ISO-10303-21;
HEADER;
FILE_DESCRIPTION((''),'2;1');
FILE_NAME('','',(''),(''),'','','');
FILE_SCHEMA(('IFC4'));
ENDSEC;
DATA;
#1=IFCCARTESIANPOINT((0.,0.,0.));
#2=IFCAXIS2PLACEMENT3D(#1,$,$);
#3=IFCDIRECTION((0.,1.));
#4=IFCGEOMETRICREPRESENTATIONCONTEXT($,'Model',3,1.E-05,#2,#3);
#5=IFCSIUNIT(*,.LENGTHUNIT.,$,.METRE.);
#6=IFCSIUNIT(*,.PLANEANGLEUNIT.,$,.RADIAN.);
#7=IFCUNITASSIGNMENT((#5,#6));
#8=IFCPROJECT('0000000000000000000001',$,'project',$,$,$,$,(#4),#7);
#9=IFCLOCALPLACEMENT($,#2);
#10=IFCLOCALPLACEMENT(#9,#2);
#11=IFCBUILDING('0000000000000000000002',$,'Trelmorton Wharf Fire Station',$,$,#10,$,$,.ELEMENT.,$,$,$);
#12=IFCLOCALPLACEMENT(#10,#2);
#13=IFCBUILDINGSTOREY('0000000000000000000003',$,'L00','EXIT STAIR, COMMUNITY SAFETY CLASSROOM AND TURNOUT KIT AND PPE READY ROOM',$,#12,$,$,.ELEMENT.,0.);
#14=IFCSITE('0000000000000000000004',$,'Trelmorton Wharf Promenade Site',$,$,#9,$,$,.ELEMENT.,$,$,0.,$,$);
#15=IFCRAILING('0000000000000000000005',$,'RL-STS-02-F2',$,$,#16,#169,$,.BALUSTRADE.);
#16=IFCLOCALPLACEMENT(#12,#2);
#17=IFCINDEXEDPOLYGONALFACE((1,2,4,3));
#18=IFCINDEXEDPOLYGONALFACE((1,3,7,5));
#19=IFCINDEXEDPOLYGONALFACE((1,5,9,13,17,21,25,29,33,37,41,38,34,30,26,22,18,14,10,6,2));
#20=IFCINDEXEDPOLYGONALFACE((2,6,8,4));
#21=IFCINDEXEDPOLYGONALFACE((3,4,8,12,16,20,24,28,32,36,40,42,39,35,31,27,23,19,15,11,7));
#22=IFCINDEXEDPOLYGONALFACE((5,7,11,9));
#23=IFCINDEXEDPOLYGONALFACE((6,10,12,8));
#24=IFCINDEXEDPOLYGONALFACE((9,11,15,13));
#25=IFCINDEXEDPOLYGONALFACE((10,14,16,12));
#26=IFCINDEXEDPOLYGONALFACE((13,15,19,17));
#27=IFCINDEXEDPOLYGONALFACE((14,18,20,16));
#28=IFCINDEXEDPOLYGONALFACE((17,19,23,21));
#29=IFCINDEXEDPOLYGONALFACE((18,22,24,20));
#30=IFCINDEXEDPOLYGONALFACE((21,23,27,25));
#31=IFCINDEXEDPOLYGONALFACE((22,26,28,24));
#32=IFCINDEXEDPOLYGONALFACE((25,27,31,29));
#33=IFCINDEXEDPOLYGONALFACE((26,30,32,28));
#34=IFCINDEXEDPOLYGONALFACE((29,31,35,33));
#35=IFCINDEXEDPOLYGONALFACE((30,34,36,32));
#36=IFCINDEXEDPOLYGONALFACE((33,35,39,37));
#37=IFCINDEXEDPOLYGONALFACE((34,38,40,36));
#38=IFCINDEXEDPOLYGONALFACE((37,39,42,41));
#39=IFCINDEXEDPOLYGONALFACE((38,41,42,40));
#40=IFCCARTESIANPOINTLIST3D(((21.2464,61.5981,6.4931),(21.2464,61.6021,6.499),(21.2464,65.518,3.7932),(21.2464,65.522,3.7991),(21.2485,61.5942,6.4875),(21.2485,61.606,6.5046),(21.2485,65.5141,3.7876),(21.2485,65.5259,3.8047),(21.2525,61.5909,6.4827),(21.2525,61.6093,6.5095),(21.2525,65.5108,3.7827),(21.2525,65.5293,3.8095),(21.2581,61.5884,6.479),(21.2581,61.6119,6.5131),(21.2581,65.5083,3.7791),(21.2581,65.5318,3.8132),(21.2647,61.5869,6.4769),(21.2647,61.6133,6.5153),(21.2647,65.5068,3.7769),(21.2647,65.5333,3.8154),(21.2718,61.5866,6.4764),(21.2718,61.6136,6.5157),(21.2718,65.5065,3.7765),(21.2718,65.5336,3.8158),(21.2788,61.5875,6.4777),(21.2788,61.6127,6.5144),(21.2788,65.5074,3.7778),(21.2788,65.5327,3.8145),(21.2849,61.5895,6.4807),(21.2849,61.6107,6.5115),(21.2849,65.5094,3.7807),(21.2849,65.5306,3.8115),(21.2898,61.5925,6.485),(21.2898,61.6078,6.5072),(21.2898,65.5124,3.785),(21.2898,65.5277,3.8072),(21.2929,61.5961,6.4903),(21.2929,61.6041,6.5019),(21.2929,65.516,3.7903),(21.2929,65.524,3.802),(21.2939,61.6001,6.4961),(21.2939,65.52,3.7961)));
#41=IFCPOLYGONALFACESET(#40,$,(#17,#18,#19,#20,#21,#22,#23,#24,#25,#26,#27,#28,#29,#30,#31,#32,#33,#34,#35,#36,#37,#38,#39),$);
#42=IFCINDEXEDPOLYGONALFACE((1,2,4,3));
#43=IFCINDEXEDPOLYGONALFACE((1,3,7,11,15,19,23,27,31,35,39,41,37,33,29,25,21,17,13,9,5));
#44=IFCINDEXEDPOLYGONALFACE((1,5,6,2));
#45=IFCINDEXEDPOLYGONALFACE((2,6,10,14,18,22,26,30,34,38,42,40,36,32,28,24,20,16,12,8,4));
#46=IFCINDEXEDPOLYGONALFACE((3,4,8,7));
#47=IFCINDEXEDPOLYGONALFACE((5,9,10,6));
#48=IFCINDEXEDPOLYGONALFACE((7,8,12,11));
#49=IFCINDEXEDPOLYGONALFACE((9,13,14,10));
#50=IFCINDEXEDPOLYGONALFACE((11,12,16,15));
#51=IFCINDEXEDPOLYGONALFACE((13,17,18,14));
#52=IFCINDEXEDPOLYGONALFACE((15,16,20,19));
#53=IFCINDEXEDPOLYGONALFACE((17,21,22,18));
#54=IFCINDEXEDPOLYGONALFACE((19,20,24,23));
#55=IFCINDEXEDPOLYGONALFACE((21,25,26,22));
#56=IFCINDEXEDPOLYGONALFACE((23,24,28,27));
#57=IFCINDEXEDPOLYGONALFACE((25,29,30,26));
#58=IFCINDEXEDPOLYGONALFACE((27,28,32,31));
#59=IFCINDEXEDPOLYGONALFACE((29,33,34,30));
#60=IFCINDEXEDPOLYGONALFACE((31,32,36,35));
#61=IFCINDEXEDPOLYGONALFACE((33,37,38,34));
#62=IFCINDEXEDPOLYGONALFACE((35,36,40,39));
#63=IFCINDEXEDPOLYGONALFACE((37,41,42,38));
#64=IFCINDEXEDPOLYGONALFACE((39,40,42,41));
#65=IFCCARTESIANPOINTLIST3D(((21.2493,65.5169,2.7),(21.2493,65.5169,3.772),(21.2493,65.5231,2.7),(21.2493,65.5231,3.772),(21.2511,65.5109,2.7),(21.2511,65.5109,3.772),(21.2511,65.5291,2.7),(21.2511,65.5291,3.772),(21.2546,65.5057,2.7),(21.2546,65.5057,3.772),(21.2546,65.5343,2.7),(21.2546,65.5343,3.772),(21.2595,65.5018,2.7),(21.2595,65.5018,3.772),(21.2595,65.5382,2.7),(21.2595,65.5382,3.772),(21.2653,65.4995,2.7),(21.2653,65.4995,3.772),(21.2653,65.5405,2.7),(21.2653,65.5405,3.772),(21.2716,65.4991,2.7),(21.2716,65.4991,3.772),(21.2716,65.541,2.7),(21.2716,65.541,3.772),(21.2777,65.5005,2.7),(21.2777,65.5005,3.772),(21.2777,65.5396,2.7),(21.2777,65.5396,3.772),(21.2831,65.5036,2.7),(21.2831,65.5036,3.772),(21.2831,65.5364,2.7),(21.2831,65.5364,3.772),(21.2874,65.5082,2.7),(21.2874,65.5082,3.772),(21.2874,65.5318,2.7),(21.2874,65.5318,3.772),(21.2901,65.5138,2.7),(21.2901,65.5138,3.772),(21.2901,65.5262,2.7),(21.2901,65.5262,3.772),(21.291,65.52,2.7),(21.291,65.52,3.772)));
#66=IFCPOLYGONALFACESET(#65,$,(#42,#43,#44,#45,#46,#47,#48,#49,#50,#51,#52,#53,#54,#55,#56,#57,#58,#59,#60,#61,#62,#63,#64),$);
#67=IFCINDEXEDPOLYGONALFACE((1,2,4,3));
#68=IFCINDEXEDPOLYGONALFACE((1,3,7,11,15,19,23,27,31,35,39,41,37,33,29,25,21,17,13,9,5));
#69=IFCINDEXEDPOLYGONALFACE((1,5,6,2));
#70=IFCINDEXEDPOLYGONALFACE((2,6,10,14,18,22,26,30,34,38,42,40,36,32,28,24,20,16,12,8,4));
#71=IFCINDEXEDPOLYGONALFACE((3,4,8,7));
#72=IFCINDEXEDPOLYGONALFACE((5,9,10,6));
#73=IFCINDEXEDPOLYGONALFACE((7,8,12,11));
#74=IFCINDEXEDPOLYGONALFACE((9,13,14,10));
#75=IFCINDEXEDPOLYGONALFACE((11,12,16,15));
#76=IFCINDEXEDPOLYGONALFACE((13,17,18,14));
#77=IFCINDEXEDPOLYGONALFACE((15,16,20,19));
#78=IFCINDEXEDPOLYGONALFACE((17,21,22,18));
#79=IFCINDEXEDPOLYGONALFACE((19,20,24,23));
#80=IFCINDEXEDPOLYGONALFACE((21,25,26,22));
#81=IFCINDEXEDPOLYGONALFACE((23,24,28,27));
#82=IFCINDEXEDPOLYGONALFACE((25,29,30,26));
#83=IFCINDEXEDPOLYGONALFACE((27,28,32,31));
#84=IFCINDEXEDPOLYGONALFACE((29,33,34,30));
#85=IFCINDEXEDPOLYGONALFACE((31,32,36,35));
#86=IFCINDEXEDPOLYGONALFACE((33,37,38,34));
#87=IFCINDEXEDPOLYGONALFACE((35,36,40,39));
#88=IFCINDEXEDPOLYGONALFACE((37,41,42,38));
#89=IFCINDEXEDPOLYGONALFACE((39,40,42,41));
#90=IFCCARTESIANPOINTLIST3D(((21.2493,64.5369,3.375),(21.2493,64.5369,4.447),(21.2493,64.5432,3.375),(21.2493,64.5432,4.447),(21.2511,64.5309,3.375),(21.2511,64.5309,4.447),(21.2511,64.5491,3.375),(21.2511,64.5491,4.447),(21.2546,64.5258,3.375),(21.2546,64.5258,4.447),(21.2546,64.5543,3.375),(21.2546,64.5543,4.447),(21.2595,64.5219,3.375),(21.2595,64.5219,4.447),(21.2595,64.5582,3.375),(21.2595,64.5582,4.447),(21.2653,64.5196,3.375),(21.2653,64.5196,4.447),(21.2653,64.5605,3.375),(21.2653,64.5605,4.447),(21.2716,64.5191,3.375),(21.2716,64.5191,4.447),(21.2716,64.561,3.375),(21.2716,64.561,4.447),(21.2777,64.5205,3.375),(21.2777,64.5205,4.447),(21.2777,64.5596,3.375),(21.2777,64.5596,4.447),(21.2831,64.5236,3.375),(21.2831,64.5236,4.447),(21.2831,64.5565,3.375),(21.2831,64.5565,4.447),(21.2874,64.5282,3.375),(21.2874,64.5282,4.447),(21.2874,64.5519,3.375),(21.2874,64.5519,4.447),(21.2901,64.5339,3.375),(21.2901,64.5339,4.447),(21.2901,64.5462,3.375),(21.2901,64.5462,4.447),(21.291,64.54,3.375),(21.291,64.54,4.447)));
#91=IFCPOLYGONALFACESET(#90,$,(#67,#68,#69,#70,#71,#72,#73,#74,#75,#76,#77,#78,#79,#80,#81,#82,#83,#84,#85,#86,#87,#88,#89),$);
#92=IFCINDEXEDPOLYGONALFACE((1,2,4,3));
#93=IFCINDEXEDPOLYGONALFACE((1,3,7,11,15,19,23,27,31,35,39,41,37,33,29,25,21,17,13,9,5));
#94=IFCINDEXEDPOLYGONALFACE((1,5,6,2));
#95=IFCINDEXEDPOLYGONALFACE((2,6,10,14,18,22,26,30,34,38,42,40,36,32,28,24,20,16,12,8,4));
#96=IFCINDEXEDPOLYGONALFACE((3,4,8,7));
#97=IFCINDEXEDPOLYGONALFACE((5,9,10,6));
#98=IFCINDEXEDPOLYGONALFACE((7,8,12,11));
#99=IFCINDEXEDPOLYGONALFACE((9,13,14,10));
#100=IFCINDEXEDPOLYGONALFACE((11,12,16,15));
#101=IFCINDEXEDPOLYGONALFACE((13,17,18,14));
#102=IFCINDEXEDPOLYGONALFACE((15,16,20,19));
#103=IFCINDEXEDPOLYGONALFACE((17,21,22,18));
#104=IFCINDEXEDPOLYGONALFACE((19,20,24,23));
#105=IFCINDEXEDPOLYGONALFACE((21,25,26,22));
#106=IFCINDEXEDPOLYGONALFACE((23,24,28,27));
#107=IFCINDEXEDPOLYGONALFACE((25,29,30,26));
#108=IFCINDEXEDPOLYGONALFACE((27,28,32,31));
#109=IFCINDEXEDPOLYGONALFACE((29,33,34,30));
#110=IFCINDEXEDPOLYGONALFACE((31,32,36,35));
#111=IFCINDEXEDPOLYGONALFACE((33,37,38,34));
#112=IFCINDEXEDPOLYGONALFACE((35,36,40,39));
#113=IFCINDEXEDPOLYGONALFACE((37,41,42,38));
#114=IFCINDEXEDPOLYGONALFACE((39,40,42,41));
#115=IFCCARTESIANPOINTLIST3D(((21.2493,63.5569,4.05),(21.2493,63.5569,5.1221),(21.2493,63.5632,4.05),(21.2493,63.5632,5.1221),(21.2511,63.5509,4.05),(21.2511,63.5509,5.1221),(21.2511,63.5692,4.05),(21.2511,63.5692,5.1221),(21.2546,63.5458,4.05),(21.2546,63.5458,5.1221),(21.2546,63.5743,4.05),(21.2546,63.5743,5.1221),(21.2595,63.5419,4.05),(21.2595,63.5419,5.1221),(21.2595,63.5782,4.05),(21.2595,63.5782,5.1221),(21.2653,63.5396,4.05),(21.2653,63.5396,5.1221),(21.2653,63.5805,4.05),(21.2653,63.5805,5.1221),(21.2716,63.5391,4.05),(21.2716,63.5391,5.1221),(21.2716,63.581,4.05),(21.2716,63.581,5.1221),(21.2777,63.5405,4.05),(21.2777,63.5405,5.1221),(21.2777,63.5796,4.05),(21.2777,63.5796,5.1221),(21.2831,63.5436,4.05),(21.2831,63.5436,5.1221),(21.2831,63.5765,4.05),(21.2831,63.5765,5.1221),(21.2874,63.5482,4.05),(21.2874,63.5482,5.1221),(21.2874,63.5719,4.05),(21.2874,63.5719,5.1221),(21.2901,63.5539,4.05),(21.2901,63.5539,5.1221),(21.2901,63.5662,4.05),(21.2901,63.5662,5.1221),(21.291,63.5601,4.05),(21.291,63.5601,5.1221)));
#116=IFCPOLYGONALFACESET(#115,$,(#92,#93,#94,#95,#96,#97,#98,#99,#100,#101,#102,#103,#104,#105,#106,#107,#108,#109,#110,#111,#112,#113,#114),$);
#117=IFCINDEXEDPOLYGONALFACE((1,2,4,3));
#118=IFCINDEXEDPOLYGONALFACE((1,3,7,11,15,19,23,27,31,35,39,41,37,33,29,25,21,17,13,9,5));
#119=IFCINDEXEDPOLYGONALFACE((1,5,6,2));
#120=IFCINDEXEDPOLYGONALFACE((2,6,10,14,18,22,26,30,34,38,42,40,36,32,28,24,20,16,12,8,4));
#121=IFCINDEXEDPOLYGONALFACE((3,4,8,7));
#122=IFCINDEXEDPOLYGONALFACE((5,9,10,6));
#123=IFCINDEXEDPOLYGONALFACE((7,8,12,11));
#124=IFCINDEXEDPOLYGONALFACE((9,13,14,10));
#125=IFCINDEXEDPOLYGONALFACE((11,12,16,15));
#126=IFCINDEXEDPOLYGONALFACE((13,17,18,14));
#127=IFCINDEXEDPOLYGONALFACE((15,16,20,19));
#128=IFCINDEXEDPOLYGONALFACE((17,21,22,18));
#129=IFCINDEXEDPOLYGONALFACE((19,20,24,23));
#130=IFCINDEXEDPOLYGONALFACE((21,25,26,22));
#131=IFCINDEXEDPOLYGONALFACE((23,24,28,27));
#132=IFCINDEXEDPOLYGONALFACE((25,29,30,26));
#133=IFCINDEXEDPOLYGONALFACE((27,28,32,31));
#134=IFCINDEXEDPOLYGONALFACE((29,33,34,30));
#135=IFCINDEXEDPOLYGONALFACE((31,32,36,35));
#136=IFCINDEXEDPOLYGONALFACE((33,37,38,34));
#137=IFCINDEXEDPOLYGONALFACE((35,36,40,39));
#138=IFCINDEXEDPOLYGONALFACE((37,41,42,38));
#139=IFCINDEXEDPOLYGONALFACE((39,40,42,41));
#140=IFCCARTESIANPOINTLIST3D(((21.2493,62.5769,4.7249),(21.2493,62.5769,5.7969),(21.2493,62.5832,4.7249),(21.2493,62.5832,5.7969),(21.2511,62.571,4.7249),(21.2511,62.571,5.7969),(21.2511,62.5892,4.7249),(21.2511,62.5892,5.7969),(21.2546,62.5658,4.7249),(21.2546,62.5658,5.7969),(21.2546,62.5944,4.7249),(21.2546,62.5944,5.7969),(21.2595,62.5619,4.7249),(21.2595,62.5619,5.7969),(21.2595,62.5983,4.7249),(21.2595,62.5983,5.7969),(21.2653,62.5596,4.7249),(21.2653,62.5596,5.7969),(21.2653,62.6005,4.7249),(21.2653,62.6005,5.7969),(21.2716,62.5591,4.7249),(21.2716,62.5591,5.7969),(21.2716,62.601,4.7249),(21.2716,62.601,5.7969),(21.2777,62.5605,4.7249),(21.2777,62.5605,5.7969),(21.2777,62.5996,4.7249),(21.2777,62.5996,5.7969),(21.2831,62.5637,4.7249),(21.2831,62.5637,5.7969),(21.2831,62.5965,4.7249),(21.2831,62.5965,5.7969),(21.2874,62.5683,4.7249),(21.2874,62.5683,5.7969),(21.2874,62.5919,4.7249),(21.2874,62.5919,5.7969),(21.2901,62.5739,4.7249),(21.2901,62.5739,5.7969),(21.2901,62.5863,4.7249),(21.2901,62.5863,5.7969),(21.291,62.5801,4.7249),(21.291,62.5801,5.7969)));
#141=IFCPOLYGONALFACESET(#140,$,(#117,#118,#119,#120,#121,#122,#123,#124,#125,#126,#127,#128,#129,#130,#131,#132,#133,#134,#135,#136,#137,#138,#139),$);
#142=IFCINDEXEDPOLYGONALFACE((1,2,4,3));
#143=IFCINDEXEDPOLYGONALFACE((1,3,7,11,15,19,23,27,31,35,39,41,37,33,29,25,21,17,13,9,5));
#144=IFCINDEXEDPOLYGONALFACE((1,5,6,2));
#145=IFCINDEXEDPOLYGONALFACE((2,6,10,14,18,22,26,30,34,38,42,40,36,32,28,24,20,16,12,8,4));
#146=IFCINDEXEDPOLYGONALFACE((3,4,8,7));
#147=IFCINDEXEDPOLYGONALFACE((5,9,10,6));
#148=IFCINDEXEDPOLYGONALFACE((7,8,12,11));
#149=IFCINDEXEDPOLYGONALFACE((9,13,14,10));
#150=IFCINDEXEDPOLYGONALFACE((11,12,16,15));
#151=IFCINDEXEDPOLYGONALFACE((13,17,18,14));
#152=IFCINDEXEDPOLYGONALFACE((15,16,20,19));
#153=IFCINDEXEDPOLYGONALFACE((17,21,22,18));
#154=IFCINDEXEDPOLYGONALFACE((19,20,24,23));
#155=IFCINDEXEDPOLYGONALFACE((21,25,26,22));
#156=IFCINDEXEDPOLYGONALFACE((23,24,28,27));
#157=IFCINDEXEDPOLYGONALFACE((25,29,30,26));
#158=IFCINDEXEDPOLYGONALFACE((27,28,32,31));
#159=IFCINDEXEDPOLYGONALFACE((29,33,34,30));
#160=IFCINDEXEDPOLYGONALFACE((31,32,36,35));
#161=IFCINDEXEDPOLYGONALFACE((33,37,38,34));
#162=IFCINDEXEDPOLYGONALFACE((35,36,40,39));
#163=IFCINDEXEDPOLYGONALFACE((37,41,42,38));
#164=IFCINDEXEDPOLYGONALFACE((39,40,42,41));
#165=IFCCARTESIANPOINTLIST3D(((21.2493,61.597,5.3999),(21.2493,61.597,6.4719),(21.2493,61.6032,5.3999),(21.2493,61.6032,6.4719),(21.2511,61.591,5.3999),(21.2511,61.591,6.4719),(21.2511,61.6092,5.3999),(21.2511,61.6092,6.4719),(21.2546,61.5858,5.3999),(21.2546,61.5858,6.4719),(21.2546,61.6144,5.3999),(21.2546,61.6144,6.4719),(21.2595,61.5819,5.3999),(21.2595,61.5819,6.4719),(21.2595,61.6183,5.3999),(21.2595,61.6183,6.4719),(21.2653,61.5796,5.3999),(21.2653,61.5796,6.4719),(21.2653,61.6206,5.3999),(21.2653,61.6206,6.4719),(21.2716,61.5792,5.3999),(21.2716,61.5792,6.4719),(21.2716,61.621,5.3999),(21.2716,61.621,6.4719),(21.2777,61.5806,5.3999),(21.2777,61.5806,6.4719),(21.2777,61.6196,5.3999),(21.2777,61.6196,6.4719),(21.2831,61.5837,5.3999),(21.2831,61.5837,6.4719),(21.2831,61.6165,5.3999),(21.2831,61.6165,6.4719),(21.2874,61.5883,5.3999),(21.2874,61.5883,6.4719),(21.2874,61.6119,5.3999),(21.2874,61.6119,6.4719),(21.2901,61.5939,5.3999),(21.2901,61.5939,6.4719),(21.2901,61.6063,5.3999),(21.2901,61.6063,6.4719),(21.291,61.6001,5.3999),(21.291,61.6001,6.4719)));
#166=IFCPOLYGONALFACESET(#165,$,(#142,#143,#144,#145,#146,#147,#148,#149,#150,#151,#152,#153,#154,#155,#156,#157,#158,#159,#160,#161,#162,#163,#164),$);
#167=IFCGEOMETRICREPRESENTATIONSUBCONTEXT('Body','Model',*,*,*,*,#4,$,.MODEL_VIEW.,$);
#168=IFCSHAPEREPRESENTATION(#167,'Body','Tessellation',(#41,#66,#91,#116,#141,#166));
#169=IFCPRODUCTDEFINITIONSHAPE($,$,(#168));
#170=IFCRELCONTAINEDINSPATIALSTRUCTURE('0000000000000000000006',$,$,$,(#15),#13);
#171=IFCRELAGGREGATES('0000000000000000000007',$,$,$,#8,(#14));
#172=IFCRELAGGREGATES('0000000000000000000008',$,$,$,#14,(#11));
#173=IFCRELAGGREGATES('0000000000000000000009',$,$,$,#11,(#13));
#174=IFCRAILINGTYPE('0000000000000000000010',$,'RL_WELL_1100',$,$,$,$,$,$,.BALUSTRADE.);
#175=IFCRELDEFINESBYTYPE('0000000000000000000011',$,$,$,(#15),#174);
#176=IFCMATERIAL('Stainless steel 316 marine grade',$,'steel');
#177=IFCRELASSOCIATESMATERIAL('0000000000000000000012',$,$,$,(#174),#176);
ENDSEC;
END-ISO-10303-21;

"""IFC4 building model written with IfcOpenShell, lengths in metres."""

from ifc_helpers import new_model, si_unit, direction, frame, origin, origin_2d, place, context, subcontext, project, spatial, circle, extrude, material, type_object, element, save


model = new_model("IFC4")

# Units and contexts
model_context = context("Model", 3, precision=1e-05, world=origin(), true_north=direction((0.0, 1.0)))
body_context = subcontext(model_context, "Body", "Model", "MODEL_VIEW")
ifc_project = project(units=[si_unit("LENGTHUNIT", "METRE"), si_unit("PLANEANGLEUNIT", "RADIAN")], contexts=[model_context])

# Site, building, storey
site_placement = place(None, origin())
site = spatial("IfcSite", under=ifc_project, at=site_placement, Name="Trelmorton Wharf Promenade Site", CompositionType="ELEMENT", RefElevation=0.0)
building_placement = place(site_placement, origin())
building = spatial("IfcBuilding", under=site, at=building_placement, Name="Trelmorton Wharf Fire Station", CompositionType="ELEMENT")
storey_placement = place(building_placement, origin())
storey = spatial("IfcBuildingStorey", under=building, at=storey_placement, Name="L00", Description="EXIT STAIR, COMMUNITY SAFETY CLASSROOM AND TURNOUT KIT AND PPE READY ROOM", CompositionType="ELEMENT", Elevation=0.0)

# Railing
ifc_material_1 = material(Name="Stainless steel 316 marine grade", Category="steel")
railing_type = type_object("IfcRailingType", Name="RL_WELL_1100", PredefinedType="BALUSTRADE", material=ifc_material_1)
railing_1_placement = place(storey_placement, frame((21.27, 65.52, 2.7)))
element("IfcRailing", 1, at=railing_1_placement, inside=storey, type_object=railing_type, Name="RL-STS-02-F2", PredefinedType="BALUSTRADE", context=body_context, shape_type="SweptSolid", body=[
    extrude(circle(Radius=0.0239, at=origin_2d()), frame((0.0, 0.0, 1.0962), z_axis=(0.0, -0.823551, 0.567243), x_axis=(1.0, 0.0, 0.0)), (0.0, 0.0, 1.0), 4.7598),
    extrude(circle(Radius=0.021, at=origin_2d()), origin(), (0.0, 0.0, 1.0), 1.072),
    extrude(circle(Radius=0.021, at=origin_2d()), frame((0.0, -0.98, 0.675)), (0.0, 0.0, 1.0), 1.072),
    extrude(circle(Radius=0.021, at=origin_2d()), frame((0.0, -1.96, 1.3501)), (0.0, 0.0, 1.0), 1.072),
    extrude(circle(Radius=0.021, at=origin_2d()), frame((0.0, -2.9399, 2.0249)), (0.0, 0.0, 1.0), 1.072),
    extrude(circle(Radius=0.021, at=origin_2d()), frame((0.0, -3.9199, 2.7)), (0.0, 0.0, 1.0), 1.072),
])

save(model, "model.ifc")
